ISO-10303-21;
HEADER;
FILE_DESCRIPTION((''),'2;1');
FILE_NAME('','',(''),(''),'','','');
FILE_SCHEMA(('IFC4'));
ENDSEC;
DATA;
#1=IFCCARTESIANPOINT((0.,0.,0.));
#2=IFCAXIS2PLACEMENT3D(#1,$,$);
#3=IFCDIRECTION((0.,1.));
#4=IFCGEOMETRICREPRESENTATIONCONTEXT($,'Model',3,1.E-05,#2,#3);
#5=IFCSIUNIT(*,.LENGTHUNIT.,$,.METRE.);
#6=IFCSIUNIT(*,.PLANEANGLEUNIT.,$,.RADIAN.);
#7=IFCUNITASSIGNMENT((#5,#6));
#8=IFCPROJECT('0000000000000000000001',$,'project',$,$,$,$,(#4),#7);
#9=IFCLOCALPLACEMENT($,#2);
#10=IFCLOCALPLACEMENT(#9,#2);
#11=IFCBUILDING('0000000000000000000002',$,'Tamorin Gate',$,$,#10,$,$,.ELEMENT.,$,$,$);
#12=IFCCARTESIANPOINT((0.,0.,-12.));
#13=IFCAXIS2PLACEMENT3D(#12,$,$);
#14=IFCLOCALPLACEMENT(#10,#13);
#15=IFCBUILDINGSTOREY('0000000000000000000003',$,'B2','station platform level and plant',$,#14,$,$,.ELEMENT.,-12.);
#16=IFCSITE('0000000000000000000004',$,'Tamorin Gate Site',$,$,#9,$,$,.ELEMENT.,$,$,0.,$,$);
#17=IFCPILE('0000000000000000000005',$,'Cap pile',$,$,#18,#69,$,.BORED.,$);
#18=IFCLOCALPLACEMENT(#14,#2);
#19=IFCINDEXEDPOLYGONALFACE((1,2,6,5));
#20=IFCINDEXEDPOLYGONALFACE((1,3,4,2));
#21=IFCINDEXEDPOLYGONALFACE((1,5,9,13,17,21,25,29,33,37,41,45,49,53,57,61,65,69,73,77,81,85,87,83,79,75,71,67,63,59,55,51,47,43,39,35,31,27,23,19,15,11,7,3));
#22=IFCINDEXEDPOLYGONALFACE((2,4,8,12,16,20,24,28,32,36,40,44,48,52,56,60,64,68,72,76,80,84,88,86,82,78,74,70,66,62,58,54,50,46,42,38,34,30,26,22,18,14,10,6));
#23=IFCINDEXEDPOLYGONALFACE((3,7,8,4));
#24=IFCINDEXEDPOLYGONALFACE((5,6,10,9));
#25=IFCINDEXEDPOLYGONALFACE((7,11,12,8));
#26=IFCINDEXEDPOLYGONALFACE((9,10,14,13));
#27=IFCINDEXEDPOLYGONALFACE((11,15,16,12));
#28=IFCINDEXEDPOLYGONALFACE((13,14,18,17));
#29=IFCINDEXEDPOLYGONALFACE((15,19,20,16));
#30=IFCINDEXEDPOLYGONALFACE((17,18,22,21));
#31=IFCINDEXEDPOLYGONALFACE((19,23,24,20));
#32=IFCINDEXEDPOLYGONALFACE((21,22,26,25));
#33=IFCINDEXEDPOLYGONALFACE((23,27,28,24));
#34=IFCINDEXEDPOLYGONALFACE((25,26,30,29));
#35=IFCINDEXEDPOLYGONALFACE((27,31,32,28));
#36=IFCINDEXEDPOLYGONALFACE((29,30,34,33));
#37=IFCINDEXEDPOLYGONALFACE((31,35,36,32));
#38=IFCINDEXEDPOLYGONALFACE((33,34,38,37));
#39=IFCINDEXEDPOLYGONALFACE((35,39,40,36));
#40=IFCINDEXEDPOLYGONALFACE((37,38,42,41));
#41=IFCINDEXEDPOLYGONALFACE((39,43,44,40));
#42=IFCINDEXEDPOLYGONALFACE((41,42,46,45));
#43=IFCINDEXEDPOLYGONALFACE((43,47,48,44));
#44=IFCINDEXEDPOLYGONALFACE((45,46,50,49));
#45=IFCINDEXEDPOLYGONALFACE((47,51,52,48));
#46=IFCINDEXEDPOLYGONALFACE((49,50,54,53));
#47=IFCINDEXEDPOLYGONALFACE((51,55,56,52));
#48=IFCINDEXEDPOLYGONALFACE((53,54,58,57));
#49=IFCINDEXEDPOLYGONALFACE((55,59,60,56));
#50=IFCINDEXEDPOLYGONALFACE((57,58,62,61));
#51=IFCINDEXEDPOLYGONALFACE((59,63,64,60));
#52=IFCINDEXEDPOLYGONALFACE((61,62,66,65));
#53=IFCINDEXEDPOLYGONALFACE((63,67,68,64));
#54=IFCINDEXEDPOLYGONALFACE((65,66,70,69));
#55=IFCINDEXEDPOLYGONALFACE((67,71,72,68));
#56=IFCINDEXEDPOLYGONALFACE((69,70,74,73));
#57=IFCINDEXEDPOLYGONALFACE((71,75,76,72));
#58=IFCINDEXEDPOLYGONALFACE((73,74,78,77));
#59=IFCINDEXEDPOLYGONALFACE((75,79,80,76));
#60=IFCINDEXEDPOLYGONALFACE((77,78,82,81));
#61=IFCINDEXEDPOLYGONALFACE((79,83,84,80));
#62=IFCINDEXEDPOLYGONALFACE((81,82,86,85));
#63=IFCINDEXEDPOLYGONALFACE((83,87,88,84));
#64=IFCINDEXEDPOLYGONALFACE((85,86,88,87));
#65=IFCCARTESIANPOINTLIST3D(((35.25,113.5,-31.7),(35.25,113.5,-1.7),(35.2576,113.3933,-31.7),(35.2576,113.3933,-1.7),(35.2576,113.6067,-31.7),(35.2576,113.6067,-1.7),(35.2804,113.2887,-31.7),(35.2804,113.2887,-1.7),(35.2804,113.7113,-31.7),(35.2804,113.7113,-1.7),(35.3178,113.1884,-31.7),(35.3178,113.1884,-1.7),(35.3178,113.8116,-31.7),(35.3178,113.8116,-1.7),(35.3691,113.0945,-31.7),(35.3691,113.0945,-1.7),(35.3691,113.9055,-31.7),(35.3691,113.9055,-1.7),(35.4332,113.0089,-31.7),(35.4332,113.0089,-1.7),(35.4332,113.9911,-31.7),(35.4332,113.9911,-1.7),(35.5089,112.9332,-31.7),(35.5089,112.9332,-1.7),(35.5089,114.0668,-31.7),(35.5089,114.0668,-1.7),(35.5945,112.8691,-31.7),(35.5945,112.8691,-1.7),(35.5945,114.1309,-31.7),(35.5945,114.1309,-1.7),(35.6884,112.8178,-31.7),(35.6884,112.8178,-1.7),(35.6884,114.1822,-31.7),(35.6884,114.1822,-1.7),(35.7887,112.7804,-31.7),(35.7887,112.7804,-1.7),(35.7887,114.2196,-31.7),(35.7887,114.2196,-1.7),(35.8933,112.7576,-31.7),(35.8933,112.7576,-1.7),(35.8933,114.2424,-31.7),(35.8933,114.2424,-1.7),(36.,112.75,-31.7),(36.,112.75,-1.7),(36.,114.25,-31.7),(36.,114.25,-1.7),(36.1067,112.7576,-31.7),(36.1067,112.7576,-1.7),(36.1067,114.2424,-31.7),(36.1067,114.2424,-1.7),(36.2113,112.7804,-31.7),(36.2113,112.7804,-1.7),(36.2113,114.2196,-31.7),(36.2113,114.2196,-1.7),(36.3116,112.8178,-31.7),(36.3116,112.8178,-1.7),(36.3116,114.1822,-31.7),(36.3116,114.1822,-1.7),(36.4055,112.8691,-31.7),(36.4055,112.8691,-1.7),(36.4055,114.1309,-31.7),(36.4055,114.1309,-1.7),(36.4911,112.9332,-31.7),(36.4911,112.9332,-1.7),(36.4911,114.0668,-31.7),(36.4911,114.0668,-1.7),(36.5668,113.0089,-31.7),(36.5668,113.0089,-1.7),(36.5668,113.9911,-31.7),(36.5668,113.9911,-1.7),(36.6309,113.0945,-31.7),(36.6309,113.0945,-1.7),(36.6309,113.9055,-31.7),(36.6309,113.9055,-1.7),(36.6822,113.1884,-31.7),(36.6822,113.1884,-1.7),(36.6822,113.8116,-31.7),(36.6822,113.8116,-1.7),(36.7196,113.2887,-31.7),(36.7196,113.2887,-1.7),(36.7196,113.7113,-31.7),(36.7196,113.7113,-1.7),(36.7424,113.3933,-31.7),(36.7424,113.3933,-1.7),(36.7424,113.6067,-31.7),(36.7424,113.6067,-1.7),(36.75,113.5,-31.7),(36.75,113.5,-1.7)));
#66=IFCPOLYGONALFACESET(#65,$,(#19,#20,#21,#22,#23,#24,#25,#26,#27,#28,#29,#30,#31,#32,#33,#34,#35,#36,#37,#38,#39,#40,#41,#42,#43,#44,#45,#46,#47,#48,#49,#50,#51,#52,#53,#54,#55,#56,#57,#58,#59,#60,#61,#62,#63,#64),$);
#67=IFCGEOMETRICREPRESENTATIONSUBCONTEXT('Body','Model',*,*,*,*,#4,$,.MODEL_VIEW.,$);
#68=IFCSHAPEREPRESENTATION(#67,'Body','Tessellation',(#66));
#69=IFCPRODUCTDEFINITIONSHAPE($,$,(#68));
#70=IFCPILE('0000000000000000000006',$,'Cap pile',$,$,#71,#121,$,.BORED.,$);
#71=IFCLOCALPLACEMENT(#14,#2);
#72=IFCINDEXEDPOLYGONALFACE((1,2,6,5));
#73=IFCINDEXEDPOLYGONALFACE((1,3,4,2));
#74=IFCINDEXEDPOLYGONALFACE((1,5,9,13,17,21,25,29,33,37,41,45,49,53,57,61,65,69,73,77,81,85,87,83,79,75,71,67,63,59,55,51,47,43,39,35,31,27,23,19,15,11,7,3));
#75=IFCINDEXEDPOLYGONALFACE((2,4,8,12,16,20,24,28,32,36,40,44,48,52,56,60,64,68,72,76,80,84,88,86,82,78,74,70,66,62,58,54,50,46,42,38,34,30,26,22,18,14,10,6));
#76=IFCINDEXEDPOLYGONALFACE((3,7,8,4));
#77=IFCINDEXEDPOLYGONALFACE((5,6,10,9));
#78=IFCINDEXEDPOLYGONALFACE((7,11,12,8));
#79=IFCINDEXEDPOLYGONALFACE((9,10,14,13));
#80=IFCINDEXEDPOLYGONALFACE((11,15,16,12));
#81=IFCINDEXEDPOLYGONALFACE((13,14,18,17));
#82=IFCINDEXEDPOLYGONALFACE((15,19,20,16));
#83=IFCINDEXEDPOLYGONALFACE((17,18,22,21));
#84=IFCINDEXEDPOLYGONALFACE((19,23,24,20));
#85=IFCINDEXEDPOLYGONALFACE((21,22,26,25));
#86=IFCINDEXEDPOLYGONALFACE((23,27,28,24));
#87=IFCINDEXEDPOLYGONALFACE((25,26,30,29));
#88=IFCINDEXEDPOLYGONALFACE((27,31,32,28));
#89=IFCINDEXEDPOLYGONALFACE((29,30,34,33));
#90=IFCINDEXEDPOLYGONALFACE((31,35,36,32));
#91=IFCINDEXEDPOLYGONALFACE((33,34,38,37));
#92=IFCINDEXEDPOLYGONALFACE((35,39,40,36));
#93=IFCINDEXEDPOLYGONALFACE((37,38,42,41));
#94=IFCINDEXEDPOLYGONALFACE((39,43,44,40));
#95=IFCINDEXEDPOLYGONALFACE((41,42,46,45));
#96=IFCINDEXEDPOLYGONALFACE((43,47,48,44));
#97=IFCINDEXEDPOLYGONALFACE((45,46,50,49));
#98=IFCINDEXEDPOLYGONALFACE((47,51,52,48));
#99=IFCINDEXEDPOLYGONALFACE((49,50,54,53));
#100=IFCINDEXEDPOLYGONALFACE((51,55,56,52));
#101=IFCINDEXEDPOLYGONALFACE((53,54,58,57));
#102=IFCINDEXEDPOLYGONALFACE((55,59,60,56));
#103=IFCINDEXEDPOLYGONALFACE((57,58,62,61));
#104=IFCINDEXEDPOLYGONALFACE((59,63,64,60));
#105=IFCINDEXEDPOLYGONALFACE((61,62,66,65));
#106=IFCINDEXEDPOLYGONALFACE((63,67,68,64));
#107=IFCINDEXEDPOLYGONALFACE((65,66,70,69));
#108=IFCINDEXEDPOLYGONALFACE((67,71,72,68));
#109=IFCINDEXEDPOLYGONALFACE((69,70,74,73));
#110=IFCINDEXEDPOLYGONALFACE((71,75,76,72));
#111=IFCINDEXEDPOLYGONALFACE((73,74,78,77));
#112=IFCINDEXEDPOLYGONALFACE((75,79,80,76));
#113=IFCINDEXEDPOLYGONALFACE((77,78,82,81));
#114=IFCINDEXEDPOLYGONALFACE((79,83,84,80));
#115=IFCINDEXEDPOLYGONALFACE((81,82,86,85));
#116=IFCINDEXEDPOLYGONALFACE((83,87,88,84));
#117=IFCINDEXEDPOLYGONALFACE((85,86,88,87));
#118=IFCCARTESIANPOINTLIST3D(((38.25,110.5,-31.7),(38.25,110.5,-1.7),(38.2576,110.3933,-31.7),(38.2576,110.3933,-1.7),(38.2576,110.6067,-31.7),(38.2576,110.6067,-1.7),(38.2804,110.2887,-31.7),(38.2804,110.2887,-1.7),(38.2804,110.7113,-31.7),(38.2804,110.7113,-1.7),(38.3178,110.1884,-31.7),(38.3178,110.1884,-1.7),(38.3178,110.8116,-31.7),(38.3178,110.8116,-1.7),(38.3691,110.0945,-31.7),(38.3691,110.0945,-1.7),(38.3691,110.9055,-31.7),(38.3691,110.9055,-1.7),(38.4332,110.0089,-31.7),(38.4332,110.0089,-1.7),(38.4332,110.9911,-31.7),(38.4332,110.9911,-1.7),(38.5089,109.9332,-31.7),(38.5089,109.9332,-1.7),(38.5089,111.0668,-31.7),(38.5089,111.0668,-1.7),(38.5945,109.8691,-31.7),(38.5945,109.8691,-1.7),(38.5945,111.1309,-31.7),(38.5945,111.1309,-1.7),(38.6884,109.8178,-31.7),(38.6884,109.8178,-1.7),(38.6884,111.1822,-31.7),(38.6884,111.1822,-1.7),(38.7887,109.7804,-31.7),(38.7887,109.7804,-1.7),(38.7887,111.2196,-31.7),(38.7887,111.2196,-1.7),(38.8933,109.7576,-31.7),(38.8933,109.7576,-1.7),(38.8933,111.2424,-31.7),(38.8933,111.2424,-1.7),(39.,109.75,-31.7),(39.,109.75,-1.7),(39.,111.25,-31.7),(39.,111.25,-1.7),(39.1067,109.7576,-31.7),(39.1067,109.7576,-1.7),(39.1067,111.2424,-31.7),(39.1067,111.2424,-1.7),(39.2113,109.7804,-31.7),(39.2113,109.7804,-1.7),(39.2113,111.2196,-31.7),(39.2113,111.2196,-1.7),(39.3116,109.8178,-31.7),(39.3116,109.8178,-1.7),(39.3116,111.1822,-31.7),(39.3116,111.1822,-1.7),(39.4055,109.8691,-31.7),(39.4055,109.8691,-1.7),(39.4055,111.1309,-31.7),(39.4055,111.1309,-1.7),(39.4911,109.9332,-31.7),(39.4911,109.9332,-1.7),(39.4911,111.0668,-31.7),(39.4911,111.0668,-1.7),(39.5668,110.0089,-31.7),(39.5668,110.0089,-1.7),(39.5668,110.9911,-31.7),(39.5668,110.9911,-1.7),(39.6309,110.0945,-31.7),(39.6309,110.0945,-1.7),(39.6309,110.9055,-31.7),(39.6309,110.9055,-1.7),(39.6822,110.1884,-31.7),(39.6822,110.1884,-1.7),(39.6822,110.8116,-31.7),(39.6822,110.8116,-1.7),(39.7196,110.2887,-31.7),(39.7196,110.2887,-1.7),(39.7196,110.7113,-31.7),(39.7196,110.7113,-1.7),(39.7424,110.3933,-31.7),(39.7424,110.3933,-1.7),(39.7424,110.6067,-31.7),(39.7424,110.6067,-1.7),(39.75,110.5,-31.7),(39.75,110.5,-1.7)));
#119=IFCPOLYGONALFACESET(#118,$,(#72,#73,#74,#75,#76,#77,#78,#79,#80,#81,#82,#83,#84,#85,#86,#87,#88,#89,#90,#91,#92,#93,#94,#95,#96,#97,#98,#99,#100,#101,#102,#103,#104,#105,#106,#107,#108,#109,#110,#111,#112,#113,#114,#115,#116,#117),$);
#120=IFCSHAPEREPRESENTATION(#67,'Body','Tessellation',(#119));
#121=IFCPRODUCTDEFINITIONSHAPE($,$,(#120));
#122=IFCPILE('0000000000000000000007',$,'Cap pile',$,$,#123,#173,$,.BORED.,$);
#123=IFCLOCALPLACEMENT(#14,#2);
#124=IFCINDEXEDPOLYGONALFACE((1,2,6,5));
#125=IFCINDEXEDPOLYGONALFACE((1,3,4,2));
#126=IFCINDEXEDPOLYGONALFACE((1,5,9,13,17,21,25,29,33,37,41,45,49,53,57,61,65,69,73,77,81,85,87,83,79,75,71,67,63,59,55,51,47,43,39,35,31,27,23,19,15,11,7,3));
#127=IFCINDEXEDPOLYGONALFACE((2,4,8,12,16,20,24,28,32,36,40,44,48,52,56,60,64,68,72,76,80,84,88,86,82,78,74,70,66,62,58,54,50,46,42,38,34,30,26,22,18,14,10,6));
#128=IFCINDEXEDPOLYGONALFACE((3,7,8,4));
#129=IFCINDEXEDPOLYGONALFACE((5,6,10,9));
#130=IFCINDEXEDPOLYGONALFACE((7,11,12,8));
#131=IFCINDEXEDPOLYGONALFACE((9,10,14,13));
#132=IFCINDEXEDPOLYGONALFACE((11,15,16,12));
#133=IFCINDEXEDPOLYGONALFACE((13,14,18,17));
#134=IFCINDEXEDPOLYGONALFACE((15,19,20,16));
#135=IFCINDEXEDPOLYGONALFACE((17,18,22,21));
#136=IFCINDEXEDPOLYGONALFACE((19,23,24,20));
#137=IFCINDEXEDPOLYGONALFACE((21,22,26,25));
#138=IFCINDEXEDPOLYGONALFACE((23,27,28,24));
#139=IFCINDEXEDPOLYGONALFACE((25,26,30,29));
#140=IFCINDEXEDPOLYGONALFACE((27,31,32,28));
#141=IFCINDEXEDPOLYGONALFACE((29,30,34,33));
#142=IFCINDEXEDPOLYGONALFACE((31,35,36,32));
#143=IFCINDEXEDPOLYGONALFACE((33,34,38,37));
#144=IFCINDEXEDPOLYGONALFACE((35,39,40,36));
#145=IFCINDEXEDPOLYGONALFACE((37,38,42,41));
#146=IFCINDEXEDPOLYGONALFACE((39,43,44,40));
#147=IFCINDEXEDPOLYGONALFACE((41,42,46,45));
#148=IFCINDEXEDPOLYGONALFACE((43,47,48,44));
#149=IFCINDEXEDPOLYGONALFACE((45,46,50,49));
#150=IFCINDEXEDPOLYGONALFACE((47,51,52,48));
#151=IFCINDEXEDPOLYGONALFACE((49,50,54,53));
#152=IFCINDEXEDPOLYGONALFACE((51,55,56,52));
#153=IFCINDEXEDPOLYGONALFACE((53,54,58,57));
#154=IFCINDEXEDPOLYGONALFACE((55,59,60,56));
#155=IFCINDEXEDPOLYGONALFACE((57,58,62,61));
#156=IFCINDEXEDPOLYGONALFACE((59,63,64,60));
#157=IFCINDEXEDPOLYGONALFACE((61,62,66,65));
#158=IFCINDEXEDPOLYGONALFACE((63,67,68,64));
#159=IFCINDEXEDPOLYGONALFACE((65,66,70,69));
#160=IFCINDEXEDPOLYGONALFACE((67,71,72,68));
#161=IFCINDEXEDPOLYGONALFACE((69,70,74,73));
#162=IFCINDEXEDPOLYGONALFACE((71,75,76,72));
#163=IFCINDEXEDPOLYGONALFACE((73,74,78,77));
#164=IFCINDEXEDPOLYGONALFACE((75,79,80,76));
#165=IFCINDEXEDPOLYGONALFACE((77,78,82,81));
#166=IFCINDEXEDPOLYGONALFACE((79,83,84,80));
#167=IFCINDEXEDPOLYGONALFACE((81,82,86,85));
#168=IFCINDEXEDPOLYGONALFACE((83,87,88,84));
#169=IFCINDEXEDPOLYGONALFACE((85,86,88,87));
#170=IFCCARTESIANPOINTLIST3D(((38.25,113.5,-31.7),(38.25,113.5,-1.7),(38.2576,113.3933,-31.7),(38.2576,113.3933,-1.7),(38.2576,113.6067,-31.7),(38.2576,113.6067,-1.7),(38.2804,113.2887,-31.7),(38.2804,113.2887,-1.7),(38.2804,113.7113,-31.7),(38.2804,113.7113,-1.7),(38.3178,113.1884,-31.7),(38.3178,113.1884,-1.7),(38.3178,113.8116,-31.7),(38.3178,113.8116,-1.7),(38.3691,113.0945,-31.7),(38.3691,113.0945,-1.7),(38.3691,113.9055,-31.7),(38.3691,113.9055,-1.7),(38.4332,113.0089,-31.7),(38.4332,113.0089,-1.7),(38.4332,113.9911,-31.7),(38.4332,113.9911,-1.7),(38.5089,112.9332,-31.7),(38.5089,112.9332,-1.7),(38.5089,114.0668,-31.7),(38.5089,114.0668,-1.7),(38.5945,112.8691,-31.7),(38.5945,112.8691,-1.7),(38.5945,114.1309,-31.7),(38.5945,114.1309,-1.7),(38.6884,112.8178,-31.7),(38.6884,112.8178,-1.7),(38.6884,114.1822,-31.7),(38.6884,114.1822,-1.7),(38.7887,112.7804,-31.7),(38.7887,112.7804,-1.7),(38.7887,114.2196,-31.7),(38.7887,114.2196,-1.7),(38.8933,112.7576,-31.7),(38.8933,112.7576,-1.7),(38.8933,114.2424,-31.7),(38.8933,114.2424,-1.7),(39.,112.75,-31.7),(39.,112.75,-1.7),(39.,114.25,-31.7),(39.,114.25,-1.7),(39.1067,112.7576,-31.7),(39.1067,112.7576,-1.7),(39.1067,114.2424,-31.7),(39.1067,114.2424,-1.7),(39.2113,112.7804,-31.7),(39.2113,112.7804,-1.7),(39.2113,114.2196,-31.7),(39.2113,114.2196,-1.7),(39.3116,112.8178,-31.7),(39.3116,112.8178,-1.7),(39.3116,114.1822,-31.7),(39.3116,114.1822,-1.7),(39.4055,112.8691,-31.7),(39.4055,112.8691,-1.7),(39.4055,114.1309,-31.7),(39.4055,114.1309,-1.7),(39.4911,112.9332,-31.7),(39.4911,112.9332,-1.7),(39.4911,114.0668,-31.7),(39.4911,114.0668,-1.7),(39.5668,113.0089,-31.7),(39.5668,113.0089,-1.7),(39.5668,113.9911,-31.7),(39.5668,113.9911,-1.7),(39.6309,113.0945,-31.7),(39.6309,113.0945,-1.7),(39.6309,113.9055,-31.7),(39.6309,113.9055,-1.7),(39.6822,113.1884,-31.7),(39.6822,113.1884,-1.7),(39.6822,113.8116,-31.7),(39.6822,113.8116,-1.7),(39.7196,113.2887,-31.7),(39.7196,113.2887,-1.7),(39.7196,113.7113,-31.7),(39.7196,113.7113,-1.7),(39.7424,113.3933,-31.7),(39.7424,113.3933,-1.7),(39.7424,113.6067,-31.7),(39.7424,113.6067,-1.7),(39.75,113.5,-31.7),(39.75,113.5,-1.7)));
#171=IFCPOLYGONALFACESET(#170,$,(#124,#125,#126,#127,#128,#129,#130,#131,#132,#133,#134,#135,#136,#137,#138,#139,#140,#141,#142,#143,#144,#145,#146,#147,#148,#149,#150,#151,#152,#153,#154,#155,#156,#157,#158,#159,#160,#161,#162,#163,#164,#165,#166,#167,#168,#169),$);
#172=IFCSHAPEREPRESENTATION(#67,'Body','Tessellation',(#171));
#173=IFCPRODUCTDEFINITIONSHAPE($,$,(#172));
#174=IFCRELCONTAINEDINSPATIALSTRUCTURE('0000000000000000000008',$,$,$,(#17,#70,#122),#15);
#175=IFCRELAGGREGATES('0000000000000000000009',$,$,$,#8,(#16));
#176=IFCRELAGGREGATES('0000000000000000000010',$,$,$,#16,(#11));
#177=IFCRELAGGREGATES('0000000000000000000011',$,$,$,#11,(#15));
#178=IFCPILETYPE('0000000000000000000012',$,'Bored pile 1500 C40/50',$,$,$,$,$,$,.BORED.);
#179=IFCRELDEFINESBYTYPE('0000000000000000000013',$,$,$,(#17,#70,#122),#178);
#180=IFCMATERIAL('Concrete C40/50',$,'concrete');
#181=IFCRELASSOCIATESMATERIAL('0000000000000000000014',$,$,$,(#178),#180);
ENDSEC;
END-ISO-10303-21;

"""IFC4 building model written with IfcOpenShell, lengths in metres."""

from ifc_helpers import new_model, si_unit, direction, frame, origin, origin_2d, place, context, subcontext, project, spatial, circle, extrude, material, material_profile, profile_set, type_object, element, save


model = new_model("IFC4")

# Units and contexts
model_context = context("Model", 3, precision=1e-05, world=origin(), true_north=direction((0.0, 1.0)))
body_context = subcontext(model_context, "Body", "Model", "MODEL_VIEW")
ifc_project = project(units=[si_unit("LENGTHUNIT", "METRE"), si_unit("PLANEANGLEUNIT", "RADIAN")], contexts=[model_context])

# Site, building, storey
site_placement = place(None, origin())
site = spatial("IfcSite", under=ifc_project, at=site_placement, Name="Tamorin Gate Site", CompositionType="ELEMENT", RefElevation=0.0)
building_placement = place(site_placement, origin())
building = spatial("IfcBuilding", under=site, at=building_placement, Name="Tamorin Gate", CompositionType="ELEMENT")
storey_placement = place(building_placement, frame((0.0, 0.0, -12.0)))
storey = spatial("IfcBuildingStorey", under=building, at=storey_placement, Name="B2", Description="station platform level and plant", CompositionType="ELEMENT", Elevation=-12.0)

# Piles
ifc_material_1 = material(Name="Concrete C40/50", Category="concrete")
ifc_material_profile_1 = material_profile(ifc_material_1, circle(Radius=0.75, at=origin_2d()))
ifc_profile_set_1 = profile_set([ifc_material_profile_1], Name="Concrete C40/50")
pile_type = type_object("IfcPileType", Name="Bored pile 1500 C40/50", PredefinedType="BORED", material=ifc_profile_set_1)
for number, where, z_axis, x_axis, name in (
    (1, (36.0, 113.5, -1.7), (0.0, 0.0, -1.0), (1.0, 0.0, 0.0), "Cap pile"),
    (2, (39.0, 110.5, -1.7), (0.0, 0.0, -1.0), (1.0, 0.0, 0.0), "Cap pile"),
    (3, (39.0, 113.5, -1.7), (0.0, 0.0, -1.0), (1.0, 0.0, 0.0), "Cap pile"),
):
    element("IfcPile", number, at=place(storey_placement, frame(where, z_axis=z_axis, x_axis=x_axis)), inside=storey, type_object=pile_type, Name=name, PredefinedType="BORED", context=body_context, shape_type="SweptSolid", body=[
        extrude(circle(Radius=0.75, at=origin_2d()), origin(), (0.0, 0.0, 1.0), 30.0),
    ])

save(model, "model.ifc")
